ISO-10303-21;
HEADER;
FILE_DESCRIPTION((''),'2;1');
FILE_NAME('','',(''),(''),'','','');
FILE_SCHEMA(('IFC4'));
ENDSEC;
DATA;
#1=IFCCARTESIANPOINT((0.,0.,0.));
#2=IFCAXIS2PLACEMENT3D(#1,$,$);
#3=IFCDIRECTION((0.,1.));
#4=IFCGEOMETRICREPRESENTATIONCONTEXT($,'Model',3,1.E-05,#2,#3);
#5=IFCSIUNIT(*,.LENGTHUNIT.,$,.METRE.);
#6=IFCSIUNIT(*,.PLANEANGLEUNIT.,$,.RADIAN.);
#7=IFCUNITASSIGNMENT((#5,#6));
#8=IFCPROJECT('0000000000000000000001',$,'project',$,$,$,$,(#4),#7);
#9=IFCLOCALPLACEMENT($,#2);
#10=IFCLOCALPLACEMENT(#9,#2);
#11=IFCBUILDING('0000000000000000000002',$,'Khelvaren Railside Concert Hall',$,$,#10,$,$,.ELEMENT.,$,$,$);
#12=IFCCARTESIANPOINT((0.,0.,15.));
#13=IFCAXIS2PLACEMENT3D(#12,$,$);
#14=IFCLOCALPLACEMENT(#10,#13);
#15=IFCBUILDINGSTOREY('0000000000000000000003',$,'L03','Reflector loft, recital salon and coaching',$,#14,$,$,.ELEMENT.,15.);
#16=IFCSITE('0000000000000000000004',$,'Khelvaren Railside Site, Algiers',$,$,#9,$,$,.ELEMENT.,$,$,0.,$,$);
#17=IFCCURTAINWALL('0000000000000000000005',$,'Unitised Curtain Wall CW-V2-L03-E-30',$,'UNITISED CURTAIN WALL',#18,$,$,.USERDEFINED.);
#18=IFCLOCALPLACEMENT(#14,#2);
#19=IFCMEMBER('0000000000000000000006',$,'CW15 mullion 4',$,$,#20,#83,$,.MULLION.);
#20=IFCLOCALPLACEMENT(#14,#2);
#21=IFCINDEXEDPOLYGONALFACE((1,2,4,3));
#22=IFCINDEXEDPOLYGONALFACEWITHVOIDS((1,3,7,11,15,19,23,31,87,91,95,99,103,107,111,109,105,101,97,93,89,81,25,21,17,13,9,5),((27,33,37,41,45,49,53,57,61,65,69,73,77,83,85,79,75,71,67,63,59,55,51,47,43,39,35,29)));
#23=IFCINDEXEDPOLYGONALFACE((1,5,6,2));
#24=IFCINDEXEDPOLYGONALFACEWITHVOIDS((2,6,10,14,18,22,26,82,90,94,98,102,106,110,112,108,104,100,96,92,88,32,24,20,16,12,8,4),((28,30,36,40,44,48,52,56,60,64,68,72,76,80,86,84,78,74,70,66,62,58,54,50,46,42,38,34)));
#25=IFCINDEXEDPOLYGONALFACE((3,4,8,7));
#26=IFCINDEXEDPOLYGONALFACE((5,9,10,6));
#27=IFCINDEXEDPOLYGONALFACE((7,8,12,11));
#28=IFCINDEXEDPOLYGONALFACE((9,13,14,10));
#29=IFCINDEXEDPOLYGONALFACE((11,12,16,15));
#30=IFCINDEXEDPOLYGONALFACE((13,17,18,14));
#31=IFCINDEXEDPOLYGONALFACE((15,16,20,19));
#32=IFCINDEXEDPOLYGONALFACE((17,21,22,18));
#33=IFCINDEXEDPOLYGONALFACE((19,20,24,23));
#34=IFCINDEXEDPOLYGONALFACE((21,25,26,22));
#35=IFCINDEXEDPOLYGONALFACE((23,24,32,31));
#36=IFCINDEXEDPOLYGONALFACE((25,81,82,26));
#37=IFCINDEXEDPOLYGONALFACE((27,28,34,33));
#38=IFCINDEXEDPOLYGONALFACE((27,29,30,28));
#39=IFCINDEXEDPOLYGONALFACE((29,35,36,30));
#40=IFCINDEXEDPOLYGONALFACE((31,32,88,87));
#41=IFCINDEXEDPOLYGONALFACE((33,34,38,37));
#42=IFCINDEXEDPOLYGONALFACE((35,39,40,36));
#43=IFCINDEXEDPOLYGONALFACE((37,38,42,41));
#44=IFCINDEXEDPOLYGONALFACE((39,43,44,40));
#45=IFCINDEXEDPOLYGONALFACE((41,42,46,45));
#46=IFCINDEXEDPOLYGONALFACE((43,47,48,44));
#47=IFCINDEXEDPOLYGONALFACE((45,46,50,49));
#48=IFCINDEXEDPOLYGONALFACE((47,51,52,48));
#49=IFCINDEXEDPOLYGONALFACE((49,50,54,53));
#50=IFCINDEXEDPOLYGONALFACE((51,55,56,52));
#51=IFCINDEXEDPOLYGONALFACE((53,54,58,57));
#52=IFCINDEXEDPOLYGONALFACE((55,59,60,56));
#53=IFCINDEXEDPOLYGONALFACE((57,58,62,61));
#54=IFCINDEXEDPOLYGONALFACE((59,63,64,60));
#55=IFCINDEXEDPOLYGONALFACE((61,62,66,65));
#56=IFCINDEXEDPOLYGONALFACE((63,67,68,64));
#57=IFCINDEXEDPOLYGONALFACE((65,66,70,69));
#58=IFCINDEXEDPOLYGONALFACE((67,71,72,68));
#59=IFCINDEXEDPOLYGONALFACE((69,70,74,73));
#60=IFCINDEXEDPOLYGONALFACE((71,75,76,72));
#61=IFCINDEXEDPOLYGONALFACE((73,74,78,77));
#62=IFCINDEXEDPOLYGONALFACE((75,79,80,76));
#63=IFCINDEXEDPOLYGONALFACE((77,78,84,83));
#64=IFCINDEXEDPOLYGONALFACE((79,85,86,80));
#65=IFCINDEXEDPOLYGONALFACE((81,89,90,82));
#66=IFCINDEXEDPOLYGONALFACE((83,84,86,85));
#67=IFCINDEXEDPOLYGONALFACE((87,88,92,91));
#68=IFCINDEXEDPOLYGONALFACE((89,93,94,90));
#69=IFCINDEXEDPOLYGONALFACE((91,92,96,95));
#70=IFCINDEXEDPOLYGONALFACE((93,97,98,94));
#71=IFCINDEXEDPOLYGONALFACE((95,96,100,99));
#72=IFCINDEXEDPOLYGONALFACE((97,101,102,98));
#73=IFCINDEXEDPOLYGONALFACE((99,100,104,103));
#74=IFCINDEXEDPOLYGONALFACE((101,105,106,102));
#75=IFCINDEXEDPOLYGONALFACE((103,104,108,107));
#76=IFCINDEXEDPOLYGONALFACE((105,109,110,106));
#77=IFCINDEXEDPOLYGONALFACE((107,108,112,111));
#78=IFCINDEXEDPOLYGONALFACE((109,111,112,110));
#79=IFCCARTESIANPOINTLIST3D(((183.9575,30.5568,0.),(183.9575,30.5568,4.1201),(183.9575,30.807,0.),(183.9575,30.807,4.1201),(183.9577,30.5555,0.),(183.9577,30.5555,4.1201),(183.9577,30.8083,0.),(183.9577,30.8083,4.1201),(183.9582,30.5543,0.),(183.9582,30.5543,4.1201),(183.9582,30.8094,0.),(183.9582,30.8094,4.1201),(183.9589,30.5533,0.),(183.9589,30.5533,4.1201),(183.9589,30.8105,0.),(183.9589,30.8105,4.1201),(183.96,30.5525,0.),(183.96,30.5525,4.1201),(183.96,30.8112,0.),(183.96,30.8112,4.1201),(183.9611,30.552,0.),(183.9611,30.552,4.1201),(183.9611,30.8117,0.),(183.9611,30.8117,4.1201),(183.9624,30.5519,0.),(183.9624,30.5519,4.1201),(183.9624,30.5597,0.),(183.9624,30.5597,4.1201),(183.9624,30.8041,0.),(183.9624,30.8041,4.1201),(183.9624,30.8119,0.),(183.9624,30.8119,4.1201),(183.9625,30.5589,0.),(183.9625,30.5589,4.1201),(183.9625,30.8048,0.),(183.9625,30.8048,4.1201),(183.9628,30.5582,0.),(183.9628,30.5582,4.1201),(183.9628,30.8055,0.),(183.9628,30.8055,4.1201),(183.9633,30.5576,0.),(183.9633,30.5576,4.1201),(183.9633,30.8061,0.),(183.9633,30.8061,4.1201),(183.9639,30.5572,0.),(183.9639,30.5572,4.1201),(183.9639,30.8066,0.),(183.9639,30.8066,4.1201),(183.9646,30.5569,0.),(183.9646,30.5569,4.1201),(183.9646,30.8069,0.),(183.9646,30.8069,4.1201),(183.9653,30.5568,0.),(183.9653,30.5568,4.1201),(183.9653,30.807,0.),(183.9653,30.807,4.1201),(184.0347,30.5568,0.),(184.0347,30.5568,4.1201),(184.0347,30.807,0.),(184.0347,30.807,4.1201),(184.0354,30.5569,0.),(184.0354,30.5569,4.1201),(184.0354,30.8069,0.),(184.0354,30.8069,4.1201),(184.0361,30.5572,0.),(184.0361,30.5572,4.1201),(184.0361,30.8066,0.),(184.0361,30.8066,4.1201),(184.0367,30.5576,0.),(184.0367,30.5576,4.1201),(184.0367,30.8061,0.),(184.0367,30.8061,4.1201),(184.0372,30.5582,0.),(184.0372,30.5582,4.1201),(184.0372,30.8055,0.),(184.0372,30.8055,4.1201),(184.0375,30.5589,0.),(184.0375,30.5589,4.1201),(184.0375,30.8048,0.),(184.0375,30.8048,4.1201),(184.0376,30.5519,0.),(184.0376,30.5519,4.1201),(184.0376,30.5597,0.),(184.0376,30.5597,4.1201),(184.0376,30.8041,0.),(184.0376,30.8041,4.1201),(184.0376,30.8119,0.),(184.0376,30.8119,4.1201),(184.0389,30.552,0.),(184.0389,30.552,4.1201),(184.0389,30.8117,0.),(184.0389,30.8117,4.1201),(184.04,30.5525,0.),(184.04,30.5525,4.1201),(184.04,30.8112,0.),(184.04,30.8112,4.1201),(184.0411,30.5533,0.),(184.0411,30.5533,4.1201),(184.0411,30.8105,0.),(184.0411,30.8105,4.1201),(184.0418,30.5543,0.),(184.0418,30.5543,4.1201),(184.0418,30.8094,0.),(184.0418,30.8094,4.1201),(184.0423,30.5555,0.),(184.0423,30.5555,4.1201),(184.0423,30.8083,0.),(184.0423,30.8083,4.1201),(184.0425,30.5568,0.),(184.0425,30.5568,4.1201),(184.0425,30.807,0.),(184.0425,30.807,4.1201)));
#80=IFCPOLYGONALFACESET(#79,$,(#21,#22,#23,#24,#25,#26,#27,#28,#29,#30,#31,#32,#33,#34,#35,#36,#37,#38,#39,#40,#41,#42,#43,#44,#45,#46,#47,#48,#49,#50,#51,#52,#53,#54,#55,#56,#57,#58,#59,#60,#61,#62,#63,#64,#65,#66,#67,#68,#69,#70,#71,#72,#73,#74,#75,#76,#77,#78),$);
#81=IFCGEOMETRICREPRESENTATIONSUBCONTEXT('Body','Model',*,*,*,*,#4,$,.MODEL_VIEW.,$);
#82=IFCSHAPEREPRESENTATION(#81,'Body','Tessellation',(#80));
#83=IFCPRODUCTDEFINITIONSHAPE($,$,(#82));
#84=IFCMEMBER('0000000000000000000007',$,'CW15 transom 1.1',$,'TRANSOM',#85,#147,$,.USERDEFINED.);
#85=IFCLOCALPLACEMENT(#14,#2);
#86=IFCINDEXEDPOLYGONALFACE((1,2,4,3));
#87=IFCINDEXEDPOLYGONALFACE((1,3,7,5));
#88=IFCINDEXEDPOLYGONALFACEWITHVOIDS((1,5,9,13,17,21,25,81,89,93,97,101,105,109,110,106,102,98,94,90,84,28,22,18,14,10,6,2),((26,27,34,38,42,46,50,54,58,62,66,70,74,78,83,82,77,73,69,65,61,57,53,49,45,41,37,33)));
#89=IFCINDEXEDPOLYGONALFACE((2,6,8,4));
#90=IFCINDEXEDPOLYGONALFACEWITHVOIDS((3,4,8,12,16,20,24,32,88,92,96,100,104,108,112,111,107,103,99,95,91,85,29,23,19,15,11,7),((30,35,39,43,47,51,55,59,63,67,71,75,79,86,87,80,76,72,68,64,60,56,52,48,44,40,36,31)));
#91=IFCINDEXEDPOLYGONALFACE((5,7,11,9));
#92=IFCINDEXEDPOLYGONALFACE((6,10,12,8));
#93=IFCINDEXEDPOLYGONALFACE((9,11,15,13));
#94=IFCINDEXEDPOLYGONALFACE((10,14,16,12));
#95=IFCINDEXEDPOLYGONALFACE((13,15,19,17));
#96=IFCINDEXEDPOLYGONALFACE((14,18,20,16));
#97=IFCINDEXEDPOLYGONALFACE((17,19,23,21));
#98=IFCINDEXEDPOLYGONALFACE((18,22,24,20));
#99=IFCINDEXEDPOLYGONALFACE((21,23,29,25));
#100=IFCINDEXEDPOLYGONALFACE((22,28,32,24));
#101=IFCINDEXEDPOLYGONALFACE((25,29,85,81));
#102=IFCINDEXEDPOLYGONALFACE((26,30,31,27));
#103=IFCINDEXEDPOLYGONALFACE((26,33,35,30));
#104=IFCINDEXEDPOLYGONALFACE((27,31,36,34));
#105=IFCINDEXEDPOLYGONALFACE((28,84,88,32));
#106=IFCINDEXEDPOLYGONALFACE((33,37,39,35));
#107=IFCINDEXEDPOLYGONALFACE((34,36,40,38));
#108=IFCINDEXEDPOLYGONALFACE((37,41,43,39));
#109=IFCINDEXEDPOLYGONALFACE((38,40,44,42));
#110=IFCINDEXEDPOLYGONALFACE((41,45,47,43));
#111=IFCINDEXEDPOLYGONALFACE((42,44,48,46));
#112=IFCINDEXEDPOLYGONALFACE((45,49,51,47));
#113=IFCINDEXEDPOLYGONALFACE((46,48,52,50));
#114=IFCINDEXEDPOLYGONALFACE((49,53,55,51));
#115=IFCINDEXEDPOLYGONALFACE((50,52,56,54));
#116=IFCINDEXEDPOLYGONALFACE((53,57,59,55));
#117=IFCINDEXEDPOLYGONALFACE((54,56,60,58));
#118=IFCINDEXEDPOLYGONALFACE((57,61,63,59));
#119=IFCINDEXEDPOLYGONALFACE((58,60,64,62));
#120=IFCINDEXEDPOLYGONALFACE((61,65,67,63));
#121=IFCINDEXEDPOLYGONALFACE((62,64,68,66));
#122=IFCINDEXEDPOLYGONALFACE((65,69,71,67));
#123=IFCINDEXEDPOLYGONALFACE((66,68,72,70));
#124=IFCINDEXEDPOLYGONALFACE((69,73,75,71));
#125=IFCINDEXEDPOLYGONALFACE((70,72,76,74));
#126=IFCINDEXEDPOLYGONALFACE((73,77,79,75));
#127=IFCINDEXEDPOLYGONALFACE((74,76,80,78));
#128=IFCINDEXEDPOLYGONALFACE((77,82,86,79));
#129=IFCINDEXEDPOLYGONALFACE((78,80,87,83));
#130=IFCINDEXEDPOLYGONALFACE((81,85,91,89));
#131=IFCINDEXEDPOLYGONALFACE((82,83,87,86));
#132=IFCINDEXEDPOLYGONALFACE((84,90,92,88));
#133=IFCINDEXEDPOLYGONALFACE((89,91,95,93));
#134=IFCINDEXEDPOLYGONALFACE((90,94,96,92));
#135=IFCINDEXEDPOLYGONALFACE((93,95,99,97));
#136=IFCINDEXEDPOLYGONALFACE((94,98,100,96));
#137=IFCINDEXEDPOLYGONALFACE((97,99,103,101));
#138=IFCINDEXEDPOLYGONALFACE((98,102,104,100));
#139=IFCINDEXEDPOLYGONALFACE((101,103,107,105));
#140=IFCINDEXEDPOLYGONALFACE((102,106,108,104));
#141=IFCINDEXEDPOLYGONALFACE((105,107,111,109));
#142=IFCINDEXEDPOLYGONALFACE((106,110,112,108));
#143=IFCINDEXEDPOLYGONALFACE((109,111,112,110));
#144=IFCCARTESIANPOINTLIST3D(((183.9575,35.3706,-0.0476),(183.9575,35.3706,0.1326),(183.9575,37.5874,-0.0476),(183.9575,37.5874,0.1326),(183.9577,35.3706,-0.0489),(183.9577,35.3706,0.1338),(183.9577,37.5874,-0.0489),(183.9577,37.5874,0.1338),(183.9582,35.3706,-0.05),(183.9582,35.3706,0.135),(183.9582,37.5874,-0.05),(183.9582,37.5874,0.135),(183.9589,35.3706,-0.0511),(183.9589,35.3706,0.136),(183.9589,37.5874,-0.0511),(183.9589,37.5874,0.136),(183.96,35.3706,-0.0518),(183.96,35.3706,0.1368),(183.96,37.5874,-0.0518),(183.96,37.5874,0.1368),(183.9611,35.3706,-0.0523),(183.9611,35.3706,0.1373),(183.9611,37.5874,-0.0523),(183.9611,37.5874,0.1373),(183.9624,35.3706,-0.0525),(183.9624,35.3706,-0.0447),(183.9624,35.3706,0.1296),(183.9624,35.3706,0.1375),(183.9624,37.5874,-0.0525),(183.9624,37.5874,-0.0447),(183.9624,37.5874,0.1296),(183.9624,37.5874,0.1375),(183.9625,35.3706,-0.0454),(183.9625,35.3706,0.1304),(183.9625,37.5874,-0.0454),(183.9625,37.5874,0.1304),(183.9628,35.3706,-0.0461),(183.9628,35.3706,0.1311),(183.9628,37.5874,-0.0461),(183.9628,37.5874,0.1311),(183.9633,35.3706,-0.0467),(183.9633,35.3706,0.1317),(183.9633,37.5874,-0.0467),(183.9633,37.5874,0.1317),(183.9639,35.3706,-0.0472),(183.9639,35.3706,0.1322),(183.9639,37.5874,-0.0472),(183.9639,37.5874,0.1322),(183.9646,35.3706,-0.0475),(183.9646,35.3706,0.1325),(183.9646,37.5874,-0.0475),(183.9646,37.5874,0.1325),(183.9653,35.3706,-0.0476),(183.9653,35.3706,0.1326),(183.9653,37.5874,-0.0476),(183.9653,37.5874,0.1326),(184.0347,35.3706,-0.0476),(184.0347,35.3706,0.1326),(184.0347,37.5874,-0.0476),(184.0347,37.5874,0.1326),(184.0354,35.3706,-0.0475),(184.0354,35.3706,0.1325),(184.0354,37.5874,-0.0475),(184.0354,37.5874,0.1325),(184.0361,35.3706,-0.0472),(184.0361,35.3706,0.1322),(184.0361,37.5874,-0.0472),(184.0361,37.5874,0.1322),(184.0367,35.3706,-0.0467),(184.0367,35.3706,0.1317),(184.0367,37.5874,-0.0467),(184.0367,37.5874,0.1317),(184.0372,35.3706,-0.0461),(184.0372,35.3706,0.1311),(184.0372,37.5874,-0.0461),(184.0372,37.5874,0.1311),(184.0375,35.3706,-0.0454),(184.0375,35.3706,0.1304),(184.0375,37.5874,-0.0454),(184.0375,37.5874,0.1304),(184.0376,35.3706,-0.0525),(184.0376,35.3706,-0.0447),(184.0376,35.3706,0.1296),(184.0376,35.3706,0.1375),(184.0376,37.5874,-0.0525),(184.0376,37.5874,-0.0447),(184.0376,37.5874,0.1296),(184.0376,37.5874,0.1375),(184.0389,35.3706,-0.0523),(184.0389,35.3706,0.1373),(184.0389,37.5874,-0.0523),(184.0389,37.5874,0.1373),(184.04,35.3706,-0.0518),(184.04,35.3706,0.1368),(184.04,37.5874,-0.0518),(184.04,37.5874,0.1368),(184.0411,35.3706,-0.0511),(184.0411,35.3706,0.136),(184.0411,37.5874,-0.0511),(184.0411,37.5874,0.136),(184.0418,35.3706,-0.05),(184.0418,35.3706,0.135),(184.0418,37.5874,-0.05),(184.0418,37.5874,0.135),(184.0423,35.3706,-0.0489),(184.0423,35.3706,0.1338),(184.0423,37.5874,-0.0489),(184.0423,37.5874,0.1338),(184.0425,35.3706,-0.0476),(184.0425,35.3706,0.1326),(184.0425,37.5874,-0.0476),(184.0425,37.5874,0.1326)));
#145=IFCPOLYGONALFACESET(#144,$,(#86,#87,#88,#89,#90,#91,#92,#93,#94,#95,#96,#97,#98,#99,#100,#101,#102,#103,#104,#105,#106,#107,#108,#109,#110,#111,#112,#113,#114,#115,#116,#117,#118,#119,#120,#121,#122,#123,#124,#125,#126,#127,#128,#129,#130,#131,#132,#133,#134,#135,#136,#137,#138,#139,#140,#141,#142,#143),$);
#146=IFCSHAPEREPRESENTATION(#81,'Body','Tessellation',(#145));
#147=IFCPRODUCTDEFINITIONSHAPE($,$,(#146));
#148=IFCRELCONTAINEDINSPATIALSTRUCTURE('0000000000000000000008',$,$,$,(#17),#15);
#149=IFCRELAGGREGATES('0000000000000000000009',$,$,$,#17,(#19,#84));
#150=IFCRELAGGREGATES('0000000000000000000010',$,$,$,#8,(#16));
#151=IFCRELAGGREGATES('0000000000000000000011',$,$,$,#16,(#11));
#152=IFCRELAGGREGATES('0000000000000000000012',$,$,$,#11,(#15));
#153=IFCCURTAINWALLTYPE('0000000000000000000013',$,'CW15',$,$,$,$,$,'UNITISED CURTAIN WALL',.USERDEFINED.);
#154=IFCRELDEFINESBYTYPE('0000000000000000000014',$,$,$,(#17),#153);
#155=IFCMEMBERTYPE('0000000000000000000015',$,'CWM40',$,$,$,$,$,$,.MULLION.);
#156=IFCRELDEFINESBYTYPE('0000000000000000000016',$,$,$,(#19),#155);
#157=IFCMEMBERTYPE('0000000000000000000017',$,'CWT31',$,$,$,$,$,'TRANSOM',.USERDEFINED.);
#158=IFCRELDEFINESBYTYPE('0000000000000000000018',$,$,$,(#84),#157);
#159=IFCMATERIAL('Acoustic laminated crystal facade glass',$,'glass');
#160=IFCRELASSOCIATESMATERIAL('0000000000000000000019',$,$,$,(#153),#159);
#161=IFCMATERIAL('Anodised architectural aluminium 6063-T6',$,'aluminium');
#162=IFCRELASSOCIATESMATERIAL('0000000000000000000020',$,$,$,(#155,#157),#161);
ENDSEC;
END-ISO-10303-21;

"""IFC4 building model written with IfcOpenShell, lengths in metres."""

from ifc_helpers import new_model, si_unit, direction, frame, origin, origin_2d, place, context, subcontext, project, spatial, hollow_rectangle, extrude, material, material_profile, profile_set, type_object, element, aggregate, save


model = new_model("IFC4")

# Units and contexts
model_context = context("Model", 3, precision=1e-05, world=origin(), true_north=direction((0.0, 1.0)))
body_context = subcontext(model_context, "Body", "Model", "MODEL_VIEW")
ifc_project = project(units=[si_unit("LENGTHUNIT", "METRE"), si_unit("PLANEANGLEUNIT", "RADIAN")], contexts=[model_context])

# Site, building, storey
site_placement = place(None, origin())
site = spatial("IfcSite", under=ifc_project, at=site_placement, Name="Khelvaren Railside Site, Algiers", CompositionType="ELEMENT", RefElevation=0.0)
building_placement = place(site_placement, origin())
building = spatial("IfcBuilding", under=site, at=building_placement, Name="Khelvaren Railside Concert Hall", CompositionType="ELEMENT")
storey_placement = place(building_placement, frame((0.0, 0.0, 15.0)))
storey = spatial("IfcBuildingStorey", under=building, at=storey_placement, Name="L03", Description="Reflector loft, recital salon and coaching", CompositionType="ELEMENT", Elevation=15.0)

# Shared definitions
ifc_material_1 = material(Name="Anodised architectural aluminium 6063-T6", Category="aluminium")

# Curtain wall, members
ifc_material_2 = material(Name="Acoustic laminated crystal facade glass", Category="glass")
curtain_wall_type_1 = type_object("IfcCurtainWallType", Name="CW15", ElementType="UNITISED CURTAIN WALL", PredefinedType="USERDEFINED", material=ifc_material_2)
curtain_wall_1_placement = place(storey_placement, origin())
curtain_wall_1 = element("IfcCurtainWall", 1, at=curtain_wall_1_placement, inside=storey, type_object=curtain_wall_type_1, Name="Unitised Curtain Wall CW-V2-L03-E-30", ObjectType="UNITISED CURTAIN WALL", PredefinedType="USERDEFINED")
ifc_material_profile_1 = material_profile(ifc_material_1, hollow_rectangle(XDim=0.085, YDim=0.26, WallThickness=0.0049, InnerFilletRadius=0.0029, OuterFilletRadius=0.0049, at=origin_2d()), Name="CWM 85x260x5")
ifc_profile_set_1 = profile_set([ifc_material_profile_1], Name="Anodised architectural aluminium 6063-T6")
member_type_1 = type_object("IfcMemberType", Name="CWM40", PredefinedType="MULLION", material=ifc_profile_set_1)
member_1_placement = place(storey_placement, frame((184.0, 30.6819, 0.0), z_axis=(0.0, 0.0, 1.0), x_axis=(1.0, 0.0, 0.0)))
member_1 = element("IfcMember", 2, at=member_1_placement, type_object=member_type_1, Name="CW15 mullion 4", PredefinedType="MULLION", context=body_context, shape_type="SweptSolid", body=[
    extrude(hollow_rectangle(XDim=0.085, YDim=0.26, WallThickness=0.0049, InnerFilletRadius=0.0029, OuterFilletRadius=0.0049, at=origin_2d()), origin(), (0.0, 0.0, 1.0), 4.1201),
])
ifc_material_profile_2 = material_profile(ifc_material_1, hollow_rectangle(XDim=0.085, YDim=0.1899, WallThickness=0.0049, InnerFilletRadius=0.0029, OuterFilletRadius=0.0049, at=origin_2d()), Name="CWT 85x190x5")
ifc_profile_set_2 = profile_set([ifc_material_profile_2], Name="Anodised architectural aluminium 6063-T6")
member_type_2 = type_object("IfcMemberType", Name="CWT31", ElementType="TRANSOM", PredefinedType="USERDEFINED", material=ifc_profile_set_2)
member_2_placement = place(storey_placement, frame((184.0, 37.5874, 0.0425), z_axis=(0.0, -1.0, 0.0), x_axis=(1.0, 0.0, 0.0)))
member_2 = element("IfcMember", 3, at=member_2_placement, type_object=member_type_2, Name="CW15 transom 1.1", ObjectType="TRANSOM", PredefinedType="USERDEFINED", context=body_context, shape_type="SweptSolid", body=[
    extrude(hollow_rectangle(XDim=0.085, YDim=0.1899, WallThickness=0.0049, InnerFilletRadius=0.0029, OuterFilletRadius=0.0049, at=origin_2d()), origin(), (0.0, 0.0, 1.0), 2.2168),
])

aggregate(curtain_wall_1, [member_1, member_2])

save(model, "model.ifc")
